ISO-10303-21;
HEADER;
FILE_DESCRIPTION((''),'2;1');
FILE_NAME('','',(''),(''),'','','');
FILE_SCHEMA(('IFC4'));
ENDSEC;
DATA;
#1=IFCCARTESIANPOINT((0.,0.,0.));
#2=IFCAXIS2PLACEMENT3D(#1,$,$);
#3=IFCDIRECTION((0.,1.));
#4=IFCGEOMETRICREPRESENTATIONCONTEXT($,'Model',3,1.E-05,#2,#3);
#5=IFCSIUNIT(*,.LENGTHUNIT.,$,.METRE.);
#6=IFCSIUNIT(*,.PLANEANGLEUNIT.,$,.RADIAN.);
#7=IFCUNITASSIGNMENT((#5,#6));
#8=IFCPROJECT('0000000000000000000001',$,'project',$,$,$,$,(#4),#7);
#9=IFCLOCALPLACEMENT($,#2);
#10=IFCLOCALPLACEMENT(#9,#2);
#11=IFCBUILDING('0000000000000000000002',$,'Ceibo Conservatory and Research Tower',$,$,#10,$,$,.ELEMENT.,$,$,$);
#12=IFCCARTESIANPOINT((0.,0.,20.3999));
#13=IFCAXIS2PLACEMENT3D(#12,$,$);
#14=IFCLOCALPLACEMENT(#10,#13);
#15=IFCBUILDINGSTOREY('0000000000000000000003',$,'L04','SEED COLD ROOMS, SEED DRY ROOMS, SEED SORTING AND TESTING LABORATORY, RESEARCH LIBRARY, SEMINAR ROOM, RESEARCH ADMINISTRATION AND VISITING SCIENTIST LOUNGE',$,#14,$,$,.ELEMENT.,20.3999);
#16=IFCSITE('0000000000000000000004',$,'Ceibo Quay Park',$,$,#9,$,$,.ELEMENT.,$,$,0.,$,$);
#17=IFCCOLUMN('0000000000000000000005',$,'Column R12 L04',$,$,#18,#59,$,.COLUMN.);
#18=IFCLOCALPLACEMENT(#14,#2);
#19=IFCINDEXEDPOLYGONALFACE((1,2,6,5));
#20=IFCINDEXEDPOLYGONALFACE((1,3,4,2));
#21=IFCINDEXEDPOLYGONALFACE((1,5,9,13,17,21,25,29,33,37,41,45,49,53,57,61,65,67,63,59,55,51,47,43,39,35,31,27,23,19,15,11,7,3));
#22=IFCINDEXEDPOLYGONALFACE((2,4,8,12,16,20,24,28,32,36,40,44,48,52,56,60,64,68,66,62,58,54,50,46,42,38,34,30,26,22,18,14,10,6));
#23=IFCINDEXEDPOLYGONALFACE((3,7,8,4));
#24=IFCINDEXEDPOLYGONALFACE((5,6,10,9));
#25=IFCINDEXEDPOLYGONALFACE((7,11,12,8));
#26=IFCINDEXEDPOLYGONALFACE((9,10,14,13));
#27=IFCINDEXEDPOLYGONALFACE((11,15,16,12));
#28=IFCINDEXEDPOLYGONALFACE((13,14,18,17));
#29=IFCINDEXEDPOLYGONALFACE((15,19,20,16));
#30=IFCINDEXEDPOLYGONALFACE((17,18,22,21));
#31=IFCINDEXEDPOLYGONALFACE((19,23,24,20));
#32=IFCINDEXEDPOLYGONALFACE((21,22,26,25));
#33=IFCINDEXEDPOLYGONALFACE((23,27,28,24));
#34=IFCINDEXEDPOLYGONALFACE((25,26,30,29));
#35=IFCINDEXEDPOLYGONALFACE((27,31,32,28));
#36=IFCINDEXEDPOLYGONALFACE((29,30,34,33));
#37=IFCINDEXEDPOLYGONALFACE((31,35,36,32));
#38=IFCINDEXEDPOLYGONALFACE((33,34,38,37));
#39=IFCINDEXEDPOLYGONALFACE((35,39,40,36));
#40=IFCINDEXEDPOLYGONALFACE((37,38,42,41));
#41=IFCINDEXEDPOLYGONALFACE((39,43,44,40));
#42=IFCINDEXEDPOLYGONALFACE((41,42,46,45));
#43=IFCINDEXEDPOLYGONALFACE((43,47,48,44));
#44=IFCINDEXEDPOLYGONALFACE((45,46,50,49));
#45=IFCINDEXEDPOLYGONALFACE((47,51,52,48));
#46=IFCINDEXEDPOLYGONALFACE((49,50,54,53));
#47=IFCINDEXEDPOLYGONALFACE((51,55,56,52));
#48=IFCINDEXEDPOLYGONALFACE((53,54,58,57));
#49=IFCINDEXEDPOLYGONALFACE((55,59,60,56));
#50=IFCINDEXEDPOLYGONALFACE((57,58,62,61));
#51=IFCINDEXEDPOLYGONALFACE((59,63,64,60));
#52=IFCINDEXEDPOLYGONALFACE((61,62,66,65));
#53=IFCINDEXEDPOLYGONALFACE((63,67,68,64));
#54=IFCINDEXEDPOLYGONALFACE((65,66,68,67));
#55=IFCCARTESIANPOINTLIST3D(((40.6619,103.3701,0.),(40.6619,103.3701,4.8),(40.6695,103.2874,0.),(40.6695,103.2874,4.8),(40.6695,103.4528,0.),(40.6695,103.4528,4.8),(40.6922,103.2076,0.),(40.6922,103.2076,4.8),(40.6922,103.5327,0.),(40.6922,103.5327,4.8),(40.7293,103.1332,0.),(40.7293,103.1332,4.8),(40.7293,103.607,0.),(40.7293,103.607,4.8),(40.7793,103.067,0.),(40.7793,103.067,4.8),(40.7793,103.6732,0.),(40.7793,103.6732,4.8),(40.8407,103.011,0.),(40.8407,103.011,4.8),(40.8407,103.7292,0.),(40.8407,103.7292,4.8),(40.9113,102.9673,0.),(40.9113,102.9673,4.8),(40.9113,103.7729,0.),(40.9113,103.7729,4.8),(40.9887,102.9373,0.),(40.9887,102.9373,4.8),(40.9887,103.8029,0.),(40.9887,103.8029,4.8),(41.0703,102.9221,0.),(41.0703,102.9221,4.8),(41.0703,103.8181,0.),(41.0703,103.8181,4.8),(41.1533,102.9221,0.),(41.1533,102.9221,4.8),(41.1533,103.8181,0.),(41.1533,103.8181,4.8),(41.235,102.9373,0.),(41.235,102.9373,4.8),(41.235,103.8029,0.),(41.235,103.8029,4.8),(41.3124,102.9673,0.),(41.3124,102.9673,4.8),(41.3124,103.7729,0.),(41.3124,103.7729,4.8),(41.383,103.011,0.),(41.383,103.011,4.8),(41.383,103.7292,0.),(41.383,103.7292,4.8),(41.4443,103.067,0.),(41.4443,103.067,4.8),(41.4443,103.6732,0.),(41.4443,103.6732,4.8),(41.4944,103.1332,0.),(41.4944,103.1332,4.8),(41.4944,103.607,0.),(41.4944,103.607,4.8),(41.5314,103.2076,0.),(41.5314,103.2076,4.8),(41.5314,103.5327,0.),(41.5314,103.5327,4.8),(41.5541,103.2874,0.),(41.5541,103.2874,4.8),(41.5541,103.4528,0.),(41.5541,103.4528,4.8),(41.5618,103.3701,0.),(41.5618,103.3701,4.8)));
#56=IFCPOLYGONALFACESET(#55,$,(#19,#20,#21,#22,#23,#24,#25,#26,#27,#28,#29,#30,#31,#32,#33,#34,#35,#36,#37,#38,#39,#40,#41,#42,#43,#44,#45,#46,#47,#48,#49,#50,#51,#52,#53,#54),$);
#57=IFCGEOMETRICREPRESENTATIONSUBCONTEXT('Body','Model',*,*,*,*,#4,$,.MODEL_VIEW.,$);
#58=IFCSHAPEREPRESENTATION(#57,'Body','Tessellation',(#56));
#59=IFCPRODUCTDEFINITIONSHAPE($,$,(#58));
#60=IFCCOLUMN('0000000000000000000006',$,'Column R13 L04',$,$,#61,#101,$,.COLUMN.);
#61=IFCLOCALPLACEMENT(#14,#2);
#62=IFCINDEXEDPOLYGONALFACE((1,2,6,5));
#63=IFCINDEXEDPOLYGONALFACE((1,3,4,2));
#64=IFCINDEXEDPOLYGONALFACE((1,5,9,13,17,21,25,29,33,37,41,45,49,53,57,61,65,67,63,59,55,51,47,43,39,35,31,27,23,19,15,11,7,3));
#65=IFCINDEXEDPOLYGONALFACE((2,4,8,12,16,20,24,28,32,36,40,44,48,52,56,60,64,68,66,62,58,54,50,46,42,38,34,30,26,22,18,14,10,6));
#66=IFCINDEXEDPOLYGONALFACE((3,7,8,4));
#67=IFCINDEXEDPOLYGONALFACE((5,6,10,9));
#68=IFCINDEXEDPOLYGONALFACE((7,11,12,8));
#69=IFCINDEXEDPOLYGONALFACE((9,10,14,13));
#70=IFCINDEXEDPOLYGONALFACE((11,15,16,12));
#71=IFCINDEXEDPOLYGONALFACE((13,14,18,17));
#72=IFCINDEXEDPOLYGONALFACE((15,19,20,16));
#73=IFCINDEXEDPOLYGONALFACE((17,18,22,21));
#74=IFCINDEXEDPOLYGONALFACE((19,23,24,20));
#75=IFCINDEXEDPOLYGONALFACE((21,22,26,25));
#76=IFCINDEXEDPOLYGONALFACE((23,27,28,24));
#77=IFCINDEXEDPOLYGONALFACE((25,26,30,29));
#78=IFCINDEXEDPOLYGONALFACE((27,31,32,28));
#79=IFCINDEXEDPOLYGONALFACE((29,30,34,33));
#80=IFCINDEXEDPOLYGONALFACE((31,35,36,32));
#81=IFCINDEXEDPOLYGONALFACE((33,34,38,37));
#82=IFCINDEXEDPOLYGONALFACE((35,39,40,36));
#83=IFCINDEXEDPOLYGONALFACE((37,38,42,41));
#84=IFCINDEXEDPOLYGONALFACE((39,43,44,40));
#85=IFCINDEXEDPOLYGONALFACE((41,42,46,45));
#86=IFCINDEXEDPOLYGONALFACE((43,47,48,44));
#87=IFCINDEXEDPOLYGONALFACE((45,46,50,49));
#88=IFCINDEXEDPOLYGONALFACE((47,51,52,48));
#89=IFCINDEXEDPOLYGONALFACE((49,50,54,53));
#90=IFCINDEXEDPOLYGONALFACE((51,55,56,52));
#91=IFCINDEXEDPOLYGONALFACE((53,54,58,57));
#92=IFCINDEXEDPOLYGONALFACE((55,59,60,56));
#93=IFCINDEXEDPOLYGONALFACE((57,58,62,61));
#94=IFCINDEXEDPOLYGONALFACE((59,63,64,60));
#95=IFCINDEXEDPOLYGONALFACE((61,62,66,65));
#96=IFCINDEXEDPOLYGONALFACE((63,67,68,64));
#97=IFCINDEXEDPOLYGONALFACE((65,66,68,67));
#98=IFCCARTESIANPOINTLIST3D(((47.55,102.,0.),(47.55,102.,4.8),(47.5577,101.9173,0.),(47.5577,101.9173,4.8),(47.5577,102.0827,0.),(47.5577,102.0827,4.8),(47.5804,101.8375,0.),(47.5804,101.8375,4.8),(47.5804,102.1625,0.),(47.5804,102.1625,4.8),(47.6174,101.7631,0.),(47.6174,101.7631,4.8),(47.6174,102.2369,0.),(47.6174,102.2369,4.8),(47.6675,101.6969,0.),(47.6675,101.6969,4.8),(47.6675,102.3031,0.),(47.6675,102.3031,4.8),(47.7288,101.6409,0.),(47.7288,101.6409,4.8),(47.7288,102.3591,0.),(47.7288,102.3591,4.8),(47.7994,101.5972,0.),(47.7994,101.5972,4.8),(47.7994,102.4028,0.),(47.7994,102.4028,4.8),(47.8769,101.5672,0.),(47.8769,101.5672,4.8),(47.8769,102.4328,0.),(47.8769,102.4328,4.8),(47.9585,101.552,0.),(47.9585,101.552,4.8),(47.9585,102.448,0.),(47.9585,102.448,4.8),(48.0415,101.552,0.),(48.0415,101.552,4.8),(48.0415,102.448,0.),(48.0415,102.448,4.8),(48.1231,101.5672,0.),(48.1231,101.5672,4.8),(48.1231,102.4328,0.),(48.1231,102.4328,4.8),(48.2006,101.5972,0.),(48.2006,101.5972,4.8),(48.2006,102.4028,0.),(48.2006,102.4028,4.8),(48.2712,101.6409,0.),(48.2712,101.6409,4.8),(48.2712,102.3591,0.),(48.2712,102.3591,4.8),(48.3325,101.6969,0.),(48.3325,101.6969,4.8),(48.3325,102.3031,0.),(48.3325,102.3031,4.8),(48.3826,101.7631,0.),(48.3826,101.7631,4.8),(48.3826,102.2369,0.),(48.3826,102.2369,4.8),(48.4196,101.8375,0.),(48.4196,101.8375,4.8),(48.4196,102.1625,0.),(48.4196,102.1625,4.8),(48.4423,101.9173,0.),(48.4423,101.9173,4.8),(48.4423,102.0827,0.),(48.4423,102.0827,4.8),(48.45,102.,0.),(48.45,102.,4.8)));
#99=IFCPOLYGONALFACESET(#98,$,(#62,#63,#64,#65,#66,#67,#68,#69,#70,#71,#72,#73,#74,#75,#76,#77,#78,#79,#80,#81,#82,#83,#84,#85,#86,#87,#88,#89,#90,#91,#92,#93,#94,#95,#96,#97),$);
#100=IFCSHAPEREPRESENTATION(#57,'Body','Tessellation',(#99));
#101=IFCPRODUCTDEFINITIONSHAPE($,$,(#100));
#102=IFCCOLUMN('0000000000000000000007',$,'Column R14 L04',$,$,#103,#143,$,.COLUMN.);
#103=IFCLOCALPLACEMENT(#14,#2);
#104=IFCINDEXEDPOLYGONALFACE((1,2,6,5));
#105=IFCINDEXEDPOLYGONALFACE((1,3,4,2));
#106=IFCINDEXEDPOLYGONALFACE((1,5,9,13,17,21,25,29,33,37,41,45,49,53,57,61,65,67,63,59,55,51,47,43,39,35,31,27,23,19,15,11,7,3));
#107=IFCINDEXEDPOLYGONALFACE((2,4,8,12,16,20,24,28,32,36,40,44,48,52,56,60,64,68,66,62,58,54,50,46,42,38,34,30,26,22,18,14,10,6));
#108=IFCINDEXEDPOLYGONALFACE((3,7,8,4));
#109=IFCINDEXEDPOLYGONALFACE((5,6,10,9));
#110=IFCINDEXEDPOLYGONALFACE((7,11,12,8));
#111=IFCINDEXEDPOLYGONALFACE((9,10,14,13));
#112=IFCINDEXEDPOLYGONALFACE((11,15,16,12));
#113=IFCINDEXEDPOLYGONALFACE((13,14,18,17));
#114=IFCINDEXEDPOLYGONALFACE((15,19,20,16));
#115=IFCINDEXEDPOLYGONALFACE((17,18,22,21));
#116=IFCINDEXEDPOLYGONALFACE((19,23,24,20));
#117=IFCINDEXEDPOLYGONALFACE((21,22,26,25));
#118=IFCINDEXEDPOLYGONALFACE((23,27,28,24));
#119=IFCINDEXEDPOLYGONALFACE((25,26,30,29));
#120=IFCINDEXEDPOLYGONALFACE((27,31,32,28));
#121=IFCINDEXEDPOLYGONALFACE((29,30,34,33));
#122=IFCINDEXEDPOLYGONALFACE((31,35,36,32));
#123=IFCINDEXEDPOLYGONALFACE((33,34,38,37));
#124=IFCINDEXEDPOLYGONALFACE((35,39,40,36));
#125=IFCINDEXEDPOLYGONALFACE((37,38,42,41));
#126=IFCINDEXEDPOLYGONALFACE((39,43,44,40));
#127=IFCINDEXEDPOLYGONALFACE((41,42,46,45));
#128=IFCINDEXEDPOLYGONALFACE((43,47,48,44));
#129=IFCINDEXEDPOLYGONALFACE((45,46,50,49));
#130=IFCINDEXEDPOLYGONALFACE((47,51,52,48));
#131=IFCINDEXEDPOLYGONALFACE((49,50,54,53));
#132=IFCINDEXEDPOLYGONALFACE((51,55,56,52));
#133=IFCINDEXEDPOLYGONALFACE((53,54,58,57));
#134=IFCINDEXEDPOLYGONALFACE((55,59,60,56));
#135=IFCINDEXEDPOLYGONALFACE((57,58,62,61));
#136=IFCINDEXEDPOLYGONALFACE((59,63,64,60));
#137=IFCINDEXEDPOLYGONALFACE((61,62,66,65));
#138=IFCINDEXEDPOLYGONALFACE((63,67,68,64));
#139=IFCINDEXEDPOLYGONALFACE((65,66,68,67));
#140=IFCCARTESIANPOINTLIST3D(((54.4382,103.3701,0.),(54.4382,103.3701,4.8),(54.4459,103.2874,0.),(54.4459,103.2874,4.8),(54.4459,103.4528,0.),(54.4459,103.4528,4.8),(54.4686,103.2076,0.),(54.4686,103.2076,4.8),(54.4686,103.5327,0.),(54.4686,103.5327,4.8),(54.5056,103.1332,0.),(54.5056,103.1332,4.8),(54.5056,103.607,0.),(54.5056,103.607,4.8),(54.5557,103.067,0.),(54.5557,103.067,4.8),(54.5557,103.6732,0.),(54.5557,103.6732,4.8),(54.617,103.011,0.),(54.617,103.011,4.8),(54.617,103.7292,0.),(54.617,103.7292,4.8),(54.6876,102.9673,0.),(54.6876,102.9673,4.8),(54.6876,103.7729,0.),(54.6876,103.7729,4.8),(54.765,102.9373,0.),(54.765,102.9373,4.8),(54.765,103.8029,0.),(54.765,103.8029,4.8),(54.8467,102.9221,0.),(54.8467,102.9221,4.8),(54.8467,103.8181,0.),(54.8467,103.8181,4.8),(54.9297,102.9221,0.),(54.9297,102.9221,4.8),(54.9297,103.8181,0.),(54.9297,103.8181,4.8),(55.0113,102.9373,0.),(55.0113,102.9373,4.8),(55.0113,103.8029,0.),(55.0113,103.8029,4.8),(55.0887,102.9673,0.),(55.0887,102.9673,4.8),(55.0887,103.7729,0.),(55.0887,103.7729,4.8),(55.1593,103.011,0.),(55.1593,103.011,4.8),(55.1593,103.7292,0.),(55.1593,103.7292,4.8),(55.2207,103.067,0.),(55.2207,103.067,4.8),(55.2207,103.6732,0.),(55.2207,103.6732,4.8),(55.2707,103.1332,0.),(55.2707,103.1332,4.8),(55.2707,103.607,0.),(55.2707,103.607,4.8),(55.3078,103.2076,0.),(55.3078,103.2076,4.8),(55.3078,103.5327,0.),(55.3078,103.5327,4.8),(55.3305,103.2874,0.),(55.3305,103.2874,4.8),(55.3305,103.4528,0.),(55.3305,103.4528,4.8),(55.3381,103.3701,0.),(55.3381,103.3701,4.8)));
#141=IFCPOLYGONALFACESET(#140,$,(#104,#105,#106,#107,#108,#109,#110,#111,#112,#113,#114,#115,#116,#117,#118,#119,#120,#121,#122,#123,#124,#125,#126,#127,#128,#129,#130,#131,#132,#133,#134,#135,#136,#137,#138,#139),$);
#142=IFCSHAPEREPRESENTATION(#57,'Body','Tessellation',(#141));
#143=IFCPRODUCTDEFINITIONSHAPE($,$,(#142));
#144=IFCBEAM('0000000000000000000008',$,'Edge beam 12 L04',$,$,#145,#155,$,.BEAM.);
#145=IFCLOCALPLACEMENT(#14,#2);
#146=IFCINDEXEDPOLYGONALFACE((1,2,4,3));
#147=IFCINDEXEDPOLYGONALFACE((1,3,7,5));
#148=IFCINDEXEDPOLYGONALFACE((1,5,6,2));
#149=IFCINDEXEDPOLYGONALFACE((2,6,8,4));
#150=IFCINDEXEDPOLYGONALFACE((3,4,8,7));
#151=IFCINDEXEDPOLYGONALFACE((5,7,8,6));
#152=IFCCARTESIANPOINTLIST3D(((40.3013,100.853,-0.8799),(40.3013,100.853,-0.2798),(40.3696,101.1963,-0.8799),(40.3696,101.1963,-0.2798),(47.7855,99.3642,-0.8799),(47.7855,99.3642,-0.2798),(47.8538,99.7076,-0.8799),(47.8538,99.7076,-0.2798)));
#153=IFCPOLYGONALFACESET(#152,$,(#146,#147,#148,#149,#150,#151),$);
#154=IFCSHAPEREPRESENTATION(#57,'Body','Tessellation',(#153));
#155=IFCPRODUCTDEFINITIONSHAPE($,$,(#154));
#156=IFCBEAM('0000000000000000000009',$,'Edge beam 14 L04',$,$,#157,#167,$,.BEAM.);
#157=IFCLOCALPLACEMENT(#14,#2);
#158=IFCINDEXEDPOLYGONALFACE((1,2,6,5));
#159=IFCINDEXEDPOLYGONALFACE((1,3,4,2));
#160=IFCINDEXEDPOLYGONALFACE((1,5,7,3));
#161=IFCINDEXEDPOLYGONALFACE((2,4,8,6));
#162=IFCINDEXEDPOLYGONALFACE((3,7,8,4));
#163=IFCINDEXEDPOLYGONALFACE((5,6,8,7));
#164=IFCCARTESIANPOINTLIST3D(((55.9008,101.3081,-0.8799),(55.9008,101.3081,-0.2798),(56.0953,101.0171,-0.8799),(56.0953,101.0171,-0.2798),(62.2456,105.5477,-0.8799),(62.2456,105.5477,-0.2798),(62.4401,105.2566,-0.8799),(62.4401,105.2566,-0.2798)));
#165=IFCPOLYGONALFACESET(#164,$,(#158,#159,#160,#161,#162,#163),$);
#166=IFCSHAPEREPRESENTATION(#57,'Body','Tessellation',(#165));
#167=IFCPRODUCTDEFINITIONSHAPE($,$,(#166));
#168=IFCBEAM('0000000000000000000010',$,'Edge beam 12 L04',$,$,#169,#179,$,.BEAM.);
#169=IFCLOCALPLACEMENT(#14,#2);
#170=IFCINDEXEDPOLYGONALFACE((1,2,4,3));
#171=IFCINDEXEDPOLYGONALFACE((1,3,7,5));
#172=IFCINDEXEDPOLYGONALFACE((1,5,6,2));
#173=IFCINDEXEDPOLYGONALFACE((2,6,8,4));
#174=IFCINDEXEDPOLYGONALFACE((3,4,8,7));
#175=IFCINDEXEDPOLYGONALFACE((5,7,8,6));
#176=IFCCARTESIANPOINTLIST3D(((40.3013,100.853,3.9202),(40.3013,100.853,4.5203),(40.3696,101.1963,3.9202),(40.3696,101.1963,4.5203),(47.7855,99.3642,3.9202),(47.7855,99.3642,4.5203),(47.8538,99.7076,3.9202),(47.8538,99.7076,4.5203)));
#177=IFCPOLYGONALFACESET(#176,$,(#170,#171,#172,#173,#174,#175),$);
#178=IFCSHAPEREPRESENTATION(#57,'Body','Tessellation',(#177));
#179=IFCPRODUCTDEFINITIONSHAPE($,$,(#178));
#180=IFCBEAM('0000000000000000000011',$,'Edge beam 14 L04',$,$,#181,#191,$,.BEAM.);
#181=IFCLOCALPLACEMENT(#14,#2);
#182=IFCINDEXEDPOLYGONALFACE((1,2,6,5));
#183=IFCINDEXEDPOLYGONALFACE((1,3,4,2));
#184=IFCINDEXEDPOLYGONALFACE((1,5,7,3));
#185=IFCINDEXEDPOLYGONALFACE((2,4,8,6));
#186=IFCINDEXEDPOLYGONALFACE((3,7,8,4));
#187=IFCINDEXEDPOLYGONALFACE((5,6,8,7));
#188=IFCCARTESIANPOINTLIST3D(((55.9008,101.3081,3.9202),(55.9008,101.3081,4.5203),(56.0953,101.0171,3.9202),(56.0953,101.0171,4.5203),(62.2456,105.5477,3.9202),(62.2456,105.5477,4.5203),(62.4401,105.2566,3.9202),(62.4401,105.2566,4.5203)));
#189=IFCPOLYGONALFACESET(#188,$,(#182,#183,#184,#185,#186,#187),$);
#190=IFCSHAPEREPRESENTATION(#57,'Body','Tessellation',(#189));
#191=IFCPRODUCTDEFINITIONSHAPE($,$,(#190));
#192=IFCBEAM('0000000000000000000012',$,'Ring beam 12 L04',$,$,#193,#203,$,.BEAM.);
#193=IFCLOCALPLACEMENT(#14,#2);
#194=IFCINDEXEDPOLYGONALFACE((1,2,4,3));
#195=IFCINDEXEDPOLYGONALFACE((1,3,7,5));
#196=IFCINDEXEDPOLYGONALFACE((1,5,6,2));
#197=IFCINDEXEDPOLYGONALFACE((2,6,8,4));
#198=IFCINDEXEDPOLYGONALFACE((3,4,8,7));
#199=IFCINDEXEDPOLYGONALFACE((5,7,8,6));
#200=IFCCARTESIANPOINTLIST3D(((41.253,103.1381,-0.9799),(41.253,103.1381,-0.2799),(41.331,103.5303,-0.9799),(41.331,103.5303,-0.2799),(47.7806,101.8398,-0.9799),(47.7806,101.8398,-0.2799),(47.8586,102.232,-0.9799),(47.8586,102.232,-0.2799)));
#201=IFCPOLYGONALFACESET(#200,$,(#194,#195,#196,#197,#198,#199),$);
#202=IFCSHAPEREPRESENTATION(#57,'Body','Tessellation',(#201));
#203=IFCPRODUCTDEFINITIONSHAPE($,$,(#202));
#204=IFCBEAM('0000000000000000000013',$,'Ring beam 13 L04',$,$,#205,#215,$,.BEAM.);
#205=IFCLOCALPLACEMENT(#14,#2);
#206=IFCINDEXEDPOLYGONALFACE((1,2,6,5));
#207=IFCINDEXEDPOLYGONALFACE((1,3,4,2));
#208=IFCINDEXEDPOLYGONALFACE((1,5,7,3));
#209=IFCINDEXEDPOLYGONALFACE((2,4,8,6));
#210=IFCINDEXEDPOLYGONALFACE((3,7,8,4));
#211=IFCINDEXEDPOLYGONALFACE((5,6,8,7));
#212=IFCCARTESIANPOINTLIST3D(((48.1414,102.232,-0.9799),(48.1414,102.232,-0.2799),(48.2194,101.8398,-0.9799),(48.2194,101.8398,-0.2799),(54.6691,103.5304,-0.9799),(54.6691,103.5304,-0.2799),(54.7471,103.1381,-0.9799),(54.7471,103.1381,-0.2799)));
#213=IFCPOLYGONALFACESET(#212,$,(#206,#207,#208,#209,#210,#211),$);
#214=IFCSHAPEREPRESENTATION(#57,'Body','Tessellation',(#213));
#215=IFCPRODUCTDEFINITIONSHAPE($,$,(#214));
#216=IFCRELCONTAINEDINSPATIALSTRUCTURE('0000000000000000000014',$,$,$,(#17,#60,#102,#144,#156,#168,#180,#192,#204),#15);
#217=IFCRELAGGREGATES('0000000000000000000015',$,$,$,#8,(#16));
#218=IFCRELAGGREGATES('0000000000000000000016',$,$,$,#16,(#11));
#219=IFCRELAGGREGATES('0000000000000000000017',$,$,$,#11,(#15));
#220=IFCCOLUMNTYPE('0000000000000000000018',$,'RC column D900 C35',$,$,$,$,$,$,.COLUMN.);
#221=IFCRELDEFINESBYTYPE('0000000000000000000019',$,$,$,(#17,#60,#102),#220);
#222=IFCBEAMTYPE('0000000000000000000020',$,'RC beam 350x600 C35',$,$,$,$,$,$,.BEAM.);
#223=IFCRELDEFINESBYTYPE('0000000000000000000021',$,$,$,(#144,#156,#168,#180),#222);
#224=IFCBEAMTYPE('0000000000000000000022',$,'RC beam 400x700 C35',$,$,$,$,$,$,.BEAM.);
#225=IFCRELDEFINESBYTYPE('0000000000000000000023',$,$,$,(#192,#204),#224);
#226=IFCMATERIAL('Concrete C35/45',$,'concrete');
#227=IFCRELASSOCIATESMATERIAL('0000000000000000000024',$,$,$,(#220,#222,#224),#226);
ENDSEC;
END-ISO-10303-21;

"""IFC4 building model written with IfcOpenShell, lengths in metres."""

from ifc_helpers import new_model, si_unit, direction, frame, origin, origin_2d, place, context, subcontext, project, spatial, rectangle, circle, extrude, material, material_profile, profile_set, type_object, element, save


model = new_model("IFC4")

# Units and contexts
model_context = context("Model", 3, precision=1e-05, world=origin(), true_north=direction((0.0, 1.0)))
body_context = subcontext(model_context, "Body", "Model", "MODEL_VIEW")
ifc_project = project(units=[si_unit("LENGTHUNIT", "METRE"), si_unit("PLANEANGLEUNIT", "RADIAN")], contexts=[model_context])

# Site, building, storey
site_placement = place(None, origin())
site = spatial("IfcSite", under=ifc_project, at=site_placement, Name="Ceibo Quay Park", CompositionType="ELEMENT", RefElevation=0.0)
building_placement = place(site_placement, origin())
building = spatial("IfcBuilding", under=site, at=building_placement, Name="Ceibo Conservatory and Research Tower", CompositionType="ELEMENT")
storey_placement = place(building_placement, frame((0.0, 0.0, 20.3999)))
storey = spatial("IfcBuildingStorey", under=building, at=storey_placement, Name="L04", Description="SEED COLD ROOMS, SEED DRY ROOMS, SEED SORTING AND TESTING LABORATORY, RESEARCH LIBRARY, SEMINAR ROOM, RESEARCH ADMINISTRATION AND VISITING SCIENTIST LOUNGE", CompositionType="ELEMENT", Elevation=20.3999)

# Columns
ifc_material_1 = material(Name="Concrete C35/45", Category="concrete")
ifc_material_profile_1 = material_profile(ifc_material_1, circle(Radius=0.45, at=origin_2d()), Name="RC D900")
ifc_profile_set_1 = profile_set([ifc_material_profile_1], Name="Concrete C35/45")
column_type = type_object("IfcColumnType", Name="RC column D900 C35", PredefinedType="COLUMN", material=ifc_profile_set_1)
for number, where, z_axis, x_axis, name in (
    (1, (41.1118, 103.3701, 0.0), (0.0, 0.0, 1.0), (1.0, 0.0, 0.0), "Column R12 L04"),
    (2, (48.0, 102.0, 0.0), (0.0, 0.0, 1.0), (1.0, 0.0, 0.0), "Column R13 L04"),
    (3, (54.8882, 103.3701, 0.0), (0.0, 0.0, 1.0), (1.0, 0.0, 0.0), "Column R14 L04"),
):
    element("IfcColumn", number, at=place(storey_placement, frame(where, z_axis=z_axis, x_axis=x_axis)), inside=storey, type_object=column_type, Name=name, PredefinedType="COLUMN", context=body_context, shape_type="SweptSolid", body=[
        extrude(circle(Radius=0.45, at=origin_2d()), origin(), (0.0, 0.0, 1.0), 4.8),
    ])

# Beams
ifc_material_profile_2 = material_profile(ifc_material_1, rectangle(XDim=0.3501, YDim=0.6001, at=origin_2d()), Name="RC 350x600")
ifc_profile_set_2 = profile_set([ifc_material_profile_2], Name="Concrete C35/45")
beam_type_1 = type_object("IfcBeamType", Name="RC beam 350x600 C35", PredefinedType="BEAM", material=ifc_profile_set_2)
for number, where, z_axis, x_axis, name in (
    (4, (40.3354, 101.0247, -0.5798), (0.980783, -0.195101, 0.0), (0.195101, 0.980783, 0.0), "Edge beam 12 L04"),
    (5, (55.998, 101.1626, -0.5798), (0.831464, 0.555578, 0.0), (-0.555578, 0.831464, 0.0), "Edge beam 14 L04"),
    (6, (40.3354, 101.0247, 4.2202), (0.980783, -0.195101, 0.0), (0.195101, 0.980783, 0.0), "Edge beam 12 L04"),
    (7, (55.998, 101.1626, 4.2202), (0.831464, 0.555578, 0.0), (-0.555578, 0.831464, 0.0), "Edge beam 14 L04"),
):
    element("IfcBeam", number, at=place(storey_placement, frame(where, z_axis=z_axis, x_axis=x_axis)), inside=storey, type_object=beam_type_1, Name=name, PredefinedType="BEAM", context=body_context, shape_type="SweptSolid", body=[
        extrude(rectangle(XDim=0.3501, YDim=0.6001, at=origin_2d()), origin(), (0.0, 0.0, 1.0), 7.6309),
    ])
ifc_material_profile_3 = material_profile(ifc_material_1, rectangle(XDim=0.3999, YDim=0.7, at=origin_2d()), Name="RC 400x700")
ifc_profile_set_3 = profile_set([ifc_material_profile_3], Name="Concrete C35/45")
beam_type_2 = type_object("IfcBeamType", Name="RC beam 400x700 C35", PredefinedType="BEAM", material=ifc_profile_set_3)
for number, where, z_axis, x_axis, name in (
    (8, (41.292, 103.3342, -0.6299), (0.980788, -0.195079, 0.0), (0.195079, 0.980788, 0.0), "Ring beam 12 L04"),
    (9, (48.1804, 102.0359, -0.6299), (0.980788, 0.195079, 0.0), (-0.195079, 0.980788, 0.0), "Ring beam 13 L04"),
):
    element("IfcBeam", number, at=place(storey_placement, frame(where, z_axis=z_axis, x_axis=x_axis)), inside=storey, type_object=beam_type_2, Name=name, PredefinedType="BEAM", context=body_context, shape_type="SweptSolid", body=[
        extrude(rectangle(XDim=0.3999, YDim=0.7, at=origin_2d()), origin(), (0.0, 0.0, 1.0), 6.6555),
    ])

save(model, "model.ifc")
